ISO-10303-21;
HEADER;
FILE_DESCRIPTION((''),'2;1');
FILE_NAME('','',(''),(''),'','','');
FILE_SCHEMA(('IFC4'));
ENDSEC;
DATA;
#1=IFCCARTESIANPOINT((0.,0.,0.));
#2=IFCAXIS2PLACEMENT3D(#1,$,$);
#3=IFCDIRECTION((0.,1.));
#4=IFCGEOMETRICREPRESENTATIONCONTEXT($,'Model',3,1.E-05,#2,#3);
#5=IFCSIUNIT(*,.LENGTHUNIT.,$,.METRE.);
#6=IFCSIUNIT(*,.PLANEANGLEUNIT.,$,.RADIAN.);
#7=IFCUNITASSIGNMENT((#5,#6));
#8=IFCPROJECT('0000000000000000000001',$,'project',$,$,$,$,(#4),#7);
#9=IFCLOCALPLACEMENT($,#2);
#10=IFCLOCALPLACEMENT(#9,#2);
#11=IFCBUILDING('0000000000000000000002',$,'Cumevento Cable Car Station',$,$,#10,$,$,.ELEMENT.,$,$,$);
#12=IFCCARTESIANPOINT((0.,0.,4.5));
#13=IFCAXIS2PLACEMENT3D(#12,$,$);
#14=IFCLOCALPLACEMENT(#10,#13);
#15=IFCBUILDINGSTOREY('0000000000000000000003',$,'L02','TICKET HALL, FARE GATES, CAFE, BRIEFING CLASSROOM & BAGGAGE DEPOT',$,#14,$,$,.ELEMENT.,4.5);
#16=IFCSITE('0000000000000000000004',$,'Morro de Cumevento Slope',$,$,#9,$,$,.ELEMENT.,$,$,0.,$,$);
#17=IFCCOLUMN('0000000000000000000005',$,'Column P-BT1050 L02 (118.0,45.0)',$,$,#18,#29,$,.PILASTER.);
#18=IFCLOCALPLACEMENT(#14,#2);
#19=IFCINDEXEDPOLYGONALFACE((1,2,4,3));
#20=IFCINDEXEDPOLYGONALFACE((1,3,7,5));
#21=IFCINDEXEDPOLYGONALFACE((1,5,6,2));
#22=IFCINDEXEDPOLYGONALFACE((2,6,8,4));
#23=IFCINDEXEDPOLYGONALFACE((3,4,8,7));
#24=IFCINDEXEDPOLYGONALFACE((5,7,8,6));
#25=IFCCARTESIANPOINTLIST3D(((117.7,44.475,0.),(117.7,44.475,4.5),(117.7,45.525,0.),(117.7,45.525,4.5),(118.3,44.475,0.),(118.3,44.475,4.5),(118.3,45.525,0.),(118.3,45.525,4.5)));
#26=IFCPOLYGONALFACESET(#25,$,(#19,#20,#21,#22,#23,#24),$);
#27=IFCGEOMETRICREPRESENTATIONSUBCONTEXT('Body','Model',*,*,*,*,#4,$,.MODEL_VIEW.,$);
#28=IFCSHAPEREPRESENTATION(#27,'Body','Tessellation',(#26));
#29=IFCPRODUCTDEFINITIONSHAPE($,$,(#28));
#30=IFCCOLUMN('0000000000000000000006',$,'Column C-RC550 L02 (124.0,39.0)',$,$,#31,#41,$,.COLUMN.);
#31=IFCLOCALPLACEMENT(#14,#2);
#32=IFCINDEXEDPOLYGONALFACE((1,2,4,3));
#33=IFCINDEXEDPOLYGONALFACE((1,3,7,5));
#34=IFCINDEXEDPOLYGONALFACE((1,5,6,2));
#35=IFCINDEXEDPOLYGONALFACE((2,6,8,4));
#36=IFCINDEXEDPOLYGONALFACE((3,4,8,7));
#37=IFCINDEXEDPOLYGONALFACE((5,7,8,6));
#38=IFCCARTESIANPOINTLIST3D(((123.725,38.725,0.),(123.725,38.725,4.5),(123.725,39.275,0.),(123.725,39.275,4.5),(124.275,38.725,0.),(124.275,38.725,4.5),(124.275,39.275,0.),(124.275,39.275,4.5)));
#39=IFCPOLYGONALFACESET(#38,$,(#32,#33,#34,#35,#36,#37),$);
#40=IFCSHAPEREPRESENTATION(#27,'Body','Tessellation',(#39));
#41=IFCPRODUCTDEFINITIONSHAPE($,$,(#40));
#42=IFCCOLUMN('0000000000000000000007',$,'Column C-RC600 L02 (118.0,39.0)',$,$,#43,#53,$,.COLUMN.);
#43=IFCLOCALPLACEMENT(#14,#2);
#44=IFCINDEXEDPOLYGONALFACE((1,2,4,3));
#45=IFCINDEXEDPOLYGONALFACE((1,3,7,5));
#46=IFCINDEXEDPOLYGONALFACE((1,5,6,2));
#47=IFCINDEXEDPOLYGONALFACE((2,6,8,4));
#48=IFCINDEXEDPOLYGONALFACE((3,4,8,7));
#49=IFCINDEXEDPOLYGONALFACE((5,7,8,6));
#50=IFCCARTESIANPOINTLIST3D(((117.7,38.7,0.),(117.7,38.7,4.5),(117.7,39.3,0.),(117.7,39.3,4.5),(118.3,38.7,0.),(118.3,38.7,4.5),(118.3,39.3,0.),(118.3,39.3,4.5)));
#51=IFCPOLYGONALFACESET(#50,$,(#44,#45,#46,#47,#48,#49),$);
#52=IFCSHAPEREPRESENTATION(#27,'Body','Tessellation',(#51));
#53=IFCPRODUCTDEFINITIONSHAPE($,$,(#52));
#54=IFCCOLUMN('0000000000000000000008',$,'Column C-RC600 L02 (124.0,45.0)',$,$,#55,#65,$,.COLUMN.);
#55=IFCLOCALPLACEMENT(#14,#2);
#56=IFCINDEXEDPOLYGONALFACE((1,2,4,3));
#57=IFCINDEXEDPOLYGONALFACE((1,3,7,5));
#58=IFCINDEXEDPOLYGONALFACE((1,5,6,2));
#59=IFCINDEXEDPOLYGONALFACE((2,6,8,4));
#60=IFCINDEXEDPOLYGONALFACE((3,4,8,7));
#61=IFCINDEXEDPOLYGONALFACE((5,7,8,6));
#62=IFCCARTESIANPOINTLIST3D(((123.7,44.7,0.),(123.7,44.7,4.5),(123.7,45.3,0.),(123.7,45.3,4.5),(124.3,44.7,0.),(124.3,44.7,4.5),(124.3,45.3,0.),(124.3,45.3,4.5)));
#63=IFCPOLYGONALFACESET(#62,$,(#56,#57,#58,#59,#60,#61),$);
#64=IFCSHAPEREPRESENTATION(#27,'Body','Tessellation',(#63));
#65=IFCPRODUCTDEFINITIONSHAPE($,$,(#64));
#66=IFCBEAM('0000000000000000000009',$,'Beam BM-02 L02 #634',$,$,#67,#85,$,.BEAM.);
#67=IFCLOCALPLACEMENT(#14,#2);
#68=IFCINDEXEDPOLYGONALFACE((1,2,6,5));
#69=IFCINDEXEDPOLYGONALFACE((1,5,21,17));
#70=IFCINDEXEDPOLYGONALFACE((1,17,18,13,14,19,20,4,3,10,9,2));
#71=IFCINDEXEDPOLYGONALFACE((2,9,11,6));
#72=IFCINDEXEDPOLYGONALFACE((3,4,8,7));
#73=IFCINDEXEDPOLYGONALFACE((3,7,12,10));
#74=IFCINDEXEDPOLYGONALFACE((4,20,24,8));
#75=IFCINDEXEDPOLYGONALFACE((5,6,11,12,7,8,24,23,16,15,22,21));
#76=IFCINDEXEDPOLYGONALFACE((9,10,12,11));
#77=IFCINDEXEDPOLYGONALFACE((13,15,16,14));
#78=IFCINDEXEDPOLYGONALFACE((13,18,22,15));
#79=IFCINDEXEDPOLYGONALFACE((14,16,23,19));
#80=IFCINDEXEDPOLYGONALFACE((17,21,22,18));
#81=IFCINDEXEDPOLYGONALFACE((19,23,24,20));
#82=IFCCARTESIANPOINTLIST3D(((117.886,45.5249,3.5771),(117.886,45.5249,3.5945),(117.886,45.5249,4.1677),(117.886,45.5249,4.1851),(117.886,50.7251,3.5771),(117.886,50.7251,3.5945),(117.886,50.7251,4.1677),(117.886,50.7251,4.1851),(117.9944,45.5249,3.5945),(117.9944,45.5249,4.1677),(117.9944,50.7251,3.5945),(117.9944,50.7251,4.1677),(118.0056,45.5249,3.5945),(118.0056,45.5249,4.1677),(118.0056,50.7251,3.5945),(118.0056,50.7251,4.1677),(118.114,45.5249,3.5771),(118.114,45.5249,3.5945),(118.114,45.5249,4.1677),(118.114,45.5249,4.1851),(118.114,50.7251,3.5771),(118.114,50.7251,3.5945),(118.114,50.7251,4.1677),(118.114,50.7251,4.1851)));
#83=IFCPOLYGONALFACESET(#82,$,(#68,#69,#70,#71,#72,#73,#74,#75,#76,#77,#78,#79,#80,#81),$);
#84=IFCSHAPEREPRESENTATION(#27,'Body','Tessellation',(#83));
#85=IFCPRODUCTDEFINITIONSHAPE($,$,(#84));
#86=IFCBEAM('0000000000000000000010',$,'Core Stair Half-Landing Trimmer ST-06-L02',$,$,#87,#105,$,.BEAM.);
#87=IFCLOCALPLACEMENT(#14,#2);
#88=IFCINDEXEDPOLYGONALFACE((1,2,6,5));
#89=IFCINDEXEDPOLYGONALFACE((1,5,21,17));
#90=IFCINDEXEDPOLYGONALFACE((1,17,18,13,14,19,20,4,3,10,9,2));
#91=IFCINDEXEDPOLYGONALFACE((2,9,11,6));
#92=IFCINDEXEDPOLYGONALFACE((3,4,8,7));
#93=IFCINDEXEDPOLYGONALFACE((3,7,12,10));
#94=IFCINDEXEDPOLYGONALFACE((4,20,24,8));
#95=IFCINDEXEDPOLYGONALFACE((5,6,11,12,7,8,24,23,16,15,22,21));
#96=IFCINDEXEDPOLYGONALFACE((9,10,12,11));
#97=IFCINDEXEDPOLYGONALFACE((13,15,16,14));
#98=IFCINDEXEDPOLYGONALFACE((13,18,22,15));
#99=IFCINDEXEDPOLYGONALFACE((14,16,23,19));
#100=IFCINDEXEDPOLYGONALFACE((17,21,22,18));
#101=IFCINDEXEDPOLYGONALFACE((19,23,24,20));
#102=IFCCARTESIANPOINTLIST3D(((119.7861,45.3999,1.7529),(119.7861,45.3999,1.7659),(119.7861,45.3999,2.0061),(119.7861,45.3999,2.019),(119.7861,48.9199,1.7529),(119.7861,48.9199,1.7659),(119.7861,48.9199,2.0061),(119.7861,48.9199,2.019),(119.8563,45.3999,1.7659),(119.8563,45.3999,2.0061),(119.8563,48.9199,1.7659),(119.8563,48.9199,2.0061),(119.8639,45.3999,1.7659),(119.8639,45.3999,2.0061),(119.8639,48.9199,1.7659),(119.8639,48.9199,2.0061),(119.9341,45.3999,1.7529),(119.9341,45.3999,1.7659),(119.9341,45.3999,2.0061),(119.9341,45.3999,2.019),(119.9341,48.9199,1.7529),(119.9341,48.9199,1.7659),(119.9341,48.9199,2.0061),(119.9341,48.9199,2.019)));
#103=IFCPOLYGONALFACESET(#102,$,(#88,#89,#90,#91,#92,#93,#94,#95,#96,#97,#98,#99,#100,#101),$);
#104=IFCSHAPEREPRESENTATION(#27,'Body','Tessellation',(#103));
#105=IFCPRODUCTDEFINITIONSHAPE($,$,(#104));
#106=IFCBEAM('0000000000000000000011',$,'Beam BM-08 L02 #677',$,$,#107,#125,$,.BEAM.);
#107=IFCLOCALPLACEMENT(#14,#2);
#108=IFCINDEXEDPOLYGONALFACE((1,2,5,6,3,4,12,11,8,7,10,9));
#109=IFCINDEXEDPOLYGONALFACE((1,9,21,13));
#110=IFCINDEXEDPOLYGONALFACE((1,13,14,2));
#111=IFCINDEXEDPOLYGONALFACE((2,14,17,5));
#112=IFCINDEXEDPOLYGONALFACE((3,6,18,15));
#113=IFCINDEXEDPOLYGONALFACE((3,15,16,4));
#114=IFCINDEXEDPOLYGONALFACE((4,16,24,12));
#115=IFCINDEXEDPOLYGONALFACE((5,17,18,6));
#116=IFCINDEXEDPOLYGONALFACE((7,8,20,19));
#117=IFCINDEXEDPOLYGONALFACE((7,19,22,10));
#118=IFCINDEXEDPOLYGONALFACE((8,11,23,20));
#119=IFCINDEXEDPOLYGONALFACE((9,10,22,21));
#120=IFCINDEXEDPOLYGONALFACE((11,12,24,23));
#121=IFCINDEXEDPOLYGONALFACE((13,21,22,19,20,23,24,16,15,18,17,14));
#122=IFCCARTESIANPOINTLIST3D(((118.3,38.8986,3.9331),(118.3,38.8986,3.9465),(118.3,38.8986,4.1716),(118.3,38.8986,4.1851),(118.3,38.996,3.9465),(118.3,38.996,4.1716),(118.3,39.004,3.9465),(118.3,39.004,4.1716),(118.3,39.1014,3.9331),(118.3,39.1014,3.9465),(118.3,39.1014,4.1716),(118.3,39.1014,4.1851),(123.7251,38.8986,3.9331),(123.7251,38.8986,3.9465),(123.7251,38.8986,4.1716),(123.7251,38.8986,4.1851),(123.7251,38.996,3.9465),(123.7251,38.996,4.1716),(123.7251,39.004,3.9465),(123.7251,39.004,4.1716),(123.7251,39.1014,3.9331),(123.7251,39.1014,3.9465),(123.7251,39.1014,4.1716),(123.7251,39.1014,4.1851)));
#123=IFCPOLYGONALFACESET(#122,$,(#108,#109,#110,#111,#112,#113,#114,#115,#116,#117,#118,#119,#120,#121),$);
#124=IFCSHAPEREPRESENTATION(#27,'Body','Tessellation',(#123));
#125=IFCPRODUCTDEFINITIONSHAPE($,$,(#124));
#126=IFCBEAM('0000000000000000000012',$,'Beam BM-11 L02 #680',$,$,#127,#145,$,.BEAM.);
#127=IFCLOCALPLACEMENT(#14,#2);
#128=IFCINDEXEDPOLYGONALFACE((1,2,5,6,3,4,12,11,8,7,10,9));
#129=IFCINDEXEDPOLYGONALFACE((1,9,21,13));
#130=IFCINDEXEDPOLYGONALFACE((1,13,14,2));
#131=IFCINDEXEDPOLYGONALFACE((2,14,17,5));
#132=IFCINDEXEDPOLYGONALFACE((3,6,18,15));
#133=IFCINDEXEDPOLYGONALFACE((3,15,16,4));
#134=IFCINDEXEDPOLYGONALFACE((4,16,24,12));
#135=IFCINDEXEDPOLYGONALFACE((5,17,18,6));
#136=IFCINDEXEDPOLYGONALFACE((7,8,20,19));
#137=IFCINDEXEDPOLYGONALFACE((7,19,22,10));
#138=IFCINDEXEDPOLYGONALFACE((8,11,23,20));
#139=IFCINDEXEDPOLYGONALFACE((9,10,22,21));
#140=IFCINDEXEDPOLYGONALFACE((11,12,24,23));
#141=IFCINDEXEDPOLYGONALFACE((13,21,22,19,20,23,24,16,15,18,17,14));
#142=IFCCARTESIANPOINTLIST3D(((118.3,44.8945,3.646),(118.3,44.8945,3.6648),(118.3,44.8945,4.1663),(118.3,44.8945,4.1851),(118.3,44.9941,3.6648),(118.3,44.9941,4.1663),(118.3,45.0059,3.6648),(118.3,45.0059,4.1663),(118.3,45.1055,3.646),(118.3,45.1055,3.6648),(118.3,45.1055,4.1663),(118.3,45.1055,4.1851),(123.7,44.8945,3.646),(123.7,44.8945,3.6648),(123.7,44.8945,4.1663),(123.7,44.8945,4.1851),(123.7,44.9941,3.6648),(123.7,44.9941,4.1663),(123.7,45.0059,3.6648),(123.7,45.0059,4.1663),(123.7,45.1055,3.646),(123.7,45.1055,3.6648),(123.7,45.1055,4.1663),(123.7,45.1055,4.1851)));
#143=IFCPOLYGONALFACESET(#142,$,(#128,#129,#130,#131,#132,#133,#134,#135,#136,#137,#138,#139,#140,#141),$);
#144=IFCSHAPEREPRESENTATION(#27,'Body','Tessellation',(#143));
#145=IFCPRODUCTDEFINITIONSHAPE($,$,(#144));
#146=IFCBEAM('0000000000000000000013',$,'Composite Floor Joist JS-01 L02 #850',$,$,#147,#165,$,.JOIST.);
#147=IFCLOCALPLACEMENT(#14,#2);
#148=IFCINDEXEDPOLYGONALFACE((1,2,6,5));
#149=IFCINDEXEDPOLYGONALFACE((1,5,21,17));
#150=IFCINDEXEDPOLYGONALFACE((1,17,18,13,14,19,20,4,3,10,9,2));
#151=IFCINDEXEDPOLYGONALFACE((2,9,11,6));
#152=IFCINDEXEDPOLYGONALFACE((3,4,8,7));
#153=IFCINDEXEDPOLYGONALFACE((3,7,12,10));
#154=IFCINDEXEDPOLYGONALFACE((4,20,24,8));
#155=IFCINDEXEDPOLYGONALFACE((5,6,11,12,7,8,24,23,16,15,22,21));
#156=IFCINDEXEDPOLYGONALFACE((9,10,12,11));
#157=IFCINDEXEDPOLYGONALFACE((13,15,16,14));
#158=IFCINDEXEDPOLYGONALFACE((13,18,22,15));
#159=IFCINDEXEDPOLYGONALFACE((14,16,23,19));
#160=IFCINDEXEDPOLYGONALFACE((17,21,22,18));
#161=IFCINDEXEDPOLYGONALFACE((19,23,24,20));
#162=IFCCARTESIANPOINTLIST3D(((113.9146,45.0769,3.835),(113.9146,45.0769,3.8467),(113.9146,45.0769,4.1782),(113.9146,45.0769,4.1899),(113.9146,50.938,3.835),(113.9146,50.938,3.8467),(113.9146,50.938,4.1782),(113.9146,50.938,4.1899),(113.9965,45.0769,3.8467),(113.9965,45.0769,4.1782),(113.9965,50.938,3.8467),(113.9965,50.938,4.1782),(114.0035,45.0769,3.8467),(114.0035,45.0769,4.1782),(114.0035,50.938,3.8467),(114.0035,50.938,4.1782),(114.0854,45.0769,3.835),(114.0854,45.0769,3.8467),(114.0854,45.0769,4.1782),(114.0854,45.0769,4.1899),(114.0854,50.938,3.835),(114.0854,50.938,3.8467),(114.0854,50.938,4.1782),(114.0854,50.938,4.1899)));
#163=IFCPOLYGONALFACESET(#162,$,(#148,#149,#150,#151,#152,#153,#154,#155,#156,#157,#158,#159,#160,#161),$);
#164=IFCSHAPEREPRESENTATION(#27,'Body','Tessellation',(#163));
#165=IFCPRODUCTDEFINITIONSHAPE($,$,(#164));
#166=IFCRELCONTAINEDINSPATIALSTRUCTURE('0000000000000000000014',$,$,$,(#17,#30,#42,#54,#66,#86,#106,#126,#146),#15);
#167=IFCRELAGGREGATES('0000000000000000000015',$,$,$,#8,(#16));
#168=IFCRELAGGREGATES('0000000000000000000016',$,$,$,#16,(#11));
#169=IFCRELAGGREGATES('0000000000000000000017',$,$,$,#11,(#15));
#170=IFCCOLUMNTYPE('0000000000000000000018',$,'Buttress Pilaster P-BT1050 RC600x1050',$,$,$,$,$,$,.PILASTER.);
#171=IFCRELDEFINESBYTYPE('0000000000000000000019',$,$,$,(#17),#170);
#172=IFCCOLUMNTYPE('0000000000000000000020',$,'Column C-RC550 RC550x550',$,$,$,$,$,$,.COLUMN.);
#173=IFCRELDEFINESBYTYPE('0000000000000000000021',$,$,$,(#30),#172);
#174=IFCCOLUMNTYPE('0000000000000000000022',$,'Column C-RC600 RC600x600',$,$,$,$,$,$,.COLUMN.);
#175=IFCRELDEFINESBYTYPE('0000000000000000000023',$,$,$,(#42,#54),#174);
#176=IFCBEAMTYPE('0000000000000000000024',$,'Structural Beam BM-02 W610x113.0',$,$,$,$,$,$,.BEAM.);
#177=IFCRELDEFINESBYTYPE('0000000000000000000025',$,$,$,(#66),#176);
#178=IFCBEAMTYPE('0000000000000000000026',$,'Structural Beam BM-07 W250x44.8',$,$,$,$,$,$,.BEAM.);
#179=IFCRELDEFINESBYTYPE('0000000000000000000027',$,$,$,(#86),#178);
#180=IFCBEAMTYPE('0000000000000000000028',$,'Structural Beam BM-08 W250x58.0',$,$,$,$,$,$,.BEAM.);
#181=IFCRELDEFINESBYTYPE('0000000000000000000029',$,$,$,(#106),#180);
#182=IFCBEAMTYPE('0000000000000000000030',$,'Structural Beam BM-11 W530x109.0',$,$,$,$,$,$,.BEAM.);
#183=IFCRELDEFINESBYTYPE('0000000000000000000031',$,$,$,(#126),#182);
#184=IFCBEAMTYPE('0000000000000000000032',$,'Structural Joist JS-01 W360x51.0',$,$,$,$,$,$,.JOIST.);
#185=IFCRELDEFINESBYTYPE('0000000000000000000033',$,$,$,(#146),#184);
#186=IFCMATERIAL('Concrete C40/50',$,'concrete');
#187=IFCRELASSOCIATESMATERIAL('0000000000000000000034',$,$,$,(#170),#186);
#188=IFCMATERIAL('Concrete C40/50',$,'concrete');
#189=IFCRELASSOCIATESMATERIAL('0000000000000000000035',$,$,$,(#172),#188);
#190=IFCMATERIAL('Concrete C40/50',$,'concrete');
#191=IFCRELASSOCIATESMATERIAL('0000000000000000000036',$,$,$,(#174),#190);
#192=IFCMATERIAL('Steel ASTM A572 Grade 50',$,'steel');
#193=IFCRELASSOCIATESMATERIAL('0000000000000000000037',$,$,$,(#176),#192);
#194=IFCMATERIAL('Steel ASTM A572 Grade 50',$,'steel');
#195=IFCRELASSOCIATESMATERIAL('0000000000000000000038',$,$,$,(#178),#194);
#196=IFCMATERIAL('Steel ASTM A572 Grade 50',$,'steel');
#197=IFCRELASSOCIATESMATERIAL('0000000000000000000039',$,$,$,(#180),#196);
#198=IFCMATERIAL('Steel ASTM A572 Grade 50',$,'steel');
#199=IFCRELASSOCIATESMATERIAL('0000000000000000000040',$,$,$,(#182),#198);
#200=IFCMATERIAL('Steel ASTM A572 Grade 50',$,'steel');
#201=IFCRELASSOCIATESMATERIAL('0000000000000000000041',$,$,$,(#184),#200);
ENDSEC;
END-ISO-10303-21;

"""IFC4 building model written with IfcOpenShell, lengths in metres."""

from ifc_helpers import new_model, si_unit, direction, frame, origin, origin_2d, place, context, subcontext, project, spatial, rectangle, i_section, extrude, material, material_profile, profile_set, type_object, element, save


model = new_model("IFC4")

# Units and contexts
model_context = context("Model", 3, precision=1e-05, world=origin(), true_north=direction((0.0, 1.0)))
body_context = subcontext(model_context, "Body", "Model", "MODEL_VIEW")
ifc_project = project(units=[si_unit("LENGTHUNIT", "METRE"), si_unit("PLANEANGLEUNIT", "RADIAN")], contexts=[model_context])

# Site, building, storey
site_placement = place(None, origin())
site = spatial("IfcSite", under=ifc_project, at=site_placement, Name="Morro de Cumevento Slope", CompositionType="ELEMENT", RefElevation=0.0)
building_placement = place(site_placement, origin())
building = spatial("IfcBuilding", under=site, at=building_placement, Name="Cumevento Cable Car Station", CompositionType="ELEMENT")
storey_placement = place(building_placement, frame((0.0, 0.0, 4.5)))
storey = spatial("IfcBuildingStorey", under=building, at=storey_placement, Name="L02", Description="TICKET HALL, FARE GATES, CAFE, BRIEFING CLASSROOM & BAGGAGE DEPOT", CompositionType="ELEMENT", Elevation=4.5)

# Columns
ifc_material_1 = material(Name="Concrete C40/50", Category="concrete")
ifc_material_profile_1 = material_profile(ifc_material_1, rectangle(XDim=0.6001, YDim=1.05, at=origin_2d()), Name="RC600x1050")
ifc_profile_set_1 = profile_set([ifc_material_profile_1], Name="Concrete C40/50")
column_type_1 = type_object("IfcColumnType", Name="Buttress Pilaster P-BT1050 RC600x1050", PredefinedType="PILASTER", material=ifc_profile_set_1)
column_1_placement = place(storey_placement, frame((118.0, 45.0, 0.0), z_axis=(0.0, 0.0, 1.0), x_axis=(1.0, 0.0, 0.0)))
element("IfcColumn", 1, at=column_1_placement, inside=storey, type_object=column_type_1, Name="Column P-BT1050 L02 (118.0,45.0)", PredefinedType="PILASTER", context=body_context, shape_type="SweptSolid", body=[
    extrude(rectangle(XDim=0.6001, YDim=1.05, at=origin_2d()), origin(), (0.0, 0.0, 1.0), 4.5),
])
ifc_material_2 = material(Name="Concrete C40/50", Category="concrete")
ifc_material_profile_2 = material_profile(ifc_material_2, rectangle(XDim=0.55, YDim=0.55, at=origin_2d()), Name="RC550x550")
ifc_profile_set_2 = profile_set([ifc_material_profile_2], Name="Concrete C40/50")
column_type_2 = type_object("IfcColumnType", Name="Column C-RC550 RC550x550", PredefinedType="COLUMN", material=ifc_profile_set_2)
column_2_placement = place(storey_placement, frame((124.0, 39.0, 0.0), z_axis=(0.0, 0.0, 1.0), x_axis=(1.0, 0.0, 0.0)))
element("IfcColumn", 2, at=column_2_placement, inside=storey, type_object=column_type_2, Name="Column C-RC550 L02 (124.0,39.0)", PredefinedType="COLUMN", context=body_context, shape_type="SweptSolid", body=[
    extrude(rectangle(XDim=0.55, YDim=0.55, at=origin_2d()), origin(), (0.0, 0.0, 1.0), 4.5),
])
ifc_material_3 = material(Name="Concrete C40/50", Category="concrete")
ifc_material_profile_3 = material_profile(ifc_material_3, rectangle(XDim=0.6001, YDim=0.6001, at=origin_2d()), Name="RC600x600")
ifc_profile_set_3 = profile_set([ifc_material_profile_3], Name="Concrete C40/50")
column_type_3 = type_object("IfcColumnType", Name="Column C-RC600 RC600x600", PredefinedType="COLUMN", material=ifc_profile_set_3)
for number, where, z_axis, x_axis, name in (
    (3, (118.0, 39.0, 0.0), (0.0, 0.0, 1.0), (1.0, 0.0, 0.0), "Column C-RC600 L02 (118.0,39.0)"),
    (4, (124.0, 45.0, 0.0), (0.0, 0.0, 1.0), (1.0, 0.0, 0.0), "Column C-RC600 L02 (124.0,45.0)"),
):
    element("IfcColumn", number, at=place(storey_placement, frame(where, z_axis=z_axis, x_axis=x_axis)), inside=storey, type_object=column_type_3, Name=name, PredefinedType="COLUMN", context=body_context, shape_type="SweptSolid", body=[
        extrude(rectangle(XDim=0.6001, YDim=0.6001, at=origin_2d()), origin(), (0.0, 0.0, 1.0), 4.5),
    ])

# Beams
ifc_material_4 = material(Name="Steel ASTM A572 Grade 50", Category="steel")
ifc_material_profile_4 = material_profile(ifc_material_4, i_section(OverallWidth=0.228, OverallDepth=0.6079, WebThickness=0.0112, FlangeThickness=0.0173, at=origin_2d()), Name="W610x113.0")
ifc_profile_set_4 = profile_set([ifc_material_profile_4], Name="Steel ASTM A572 Grade 50")
beam_type_1 = type_object("IfcBeamType", Name="Structural Beam BM-02 W610x113.0", PredefinedType="BEAM", material=ifc_profile_set_4)
beam_1_placement = place(storey_placement, frame((118.0, 45.5249, 3.8811), z_axis=(0.0, 1.0, 0.0), x_axis=(-1.0, 0.0, 0.0)))
element("IfcBeam", 5, at=beam_1_placement, inside=storey, type_object=beam_type_1, Name="Beam BM-02 L02 #634", PredefinedType="BEAM", context=body_context, shape_type="SweptSolid", body=[
    extrude(i_section(OverallWidth=0.228, OverallDepth=0.6079, WebThickness=0.0112, FlangeThickness=0.0173, at=origin_2d()), origin(), (0.0, 0.0, 1.0), 5.2002),
])
ifc_material_5 = material(Name="Steel ASTM A572 Grade 50", Category="steel")
ifc_material_profile_5 = material_profile(ifc_material_5, i_section(OverallWidth=0.1479, OverallDepth=0.2661, WebThickness=0.0076, FlangeThickness=0.0129, at=origin_2d()), Name="W250x44.8")
ifc_profile_set_5 = profile_set([ifc_material_profile_5], Name="Steel ASTM A572 Grade 50")
beam_type_2 = type_object("IfcBeamType", Name="Structural Beam BM-07 W250x44.8", PredefinedType="BEAM", material=ifc_profile_set_5)
beam_2_placement = place(storey_placement, frame((119.8601, 45.3999, 1.886), z_axis=(0.0, 1.0, 0.0), x_axis=(-1.0, 0.0, 0.0)))
element("IfcBeam", 6, at=beam_2_placement, inside=storey, type_object=beam_type_2, Name="Core Stair Half-Landing Trimmer ST-06-L02", PredefinedType="BEAM", context=body_context, shape_type="SweptSolid", body=[
    extrude(i_section(OverallWidth=0.1479, OverallDepth=0.2661, WebThickness=0.0076, FlangeThickness=0.0129, at=origin_2d()), origin(), (0.0, 0.0, 1.0), 3.52),
])
ifc_material_6 = material(Name="Steel ASTM A572 Grade 50", Category="steel")
ifc_material_profile_6 = material_profile(ifc_material_6, i_section(OverallWidth=0.2029, OverallDepth=0.252, WebThickness=0.0081, FlangeThickness=0.0134, at=origin_2d()), Name="W250x58.0")
ifc_profile_set_6 = profile_set([ifc_material_profile_6], Name="Steel ASTM A572 Grade 50")
beam_type_3 = type_object("IfcBeamType", Name="Structural Beam BM-08 W250x58.0", PredefinedType="BEAM", material=ifc_profile_set_6)
beam_3_placement = place(storey_placement, frame((118.3, 39.0, 4.0591), z_axis=(1.0, 0.0, 0.0), x_axis=(0.0, 1.0, 0.0)))
element("IfcBeam", 7, at=beam_3_placement, inside=storey, type_object=beam_type_3, Name="Beam BM-08 L02 #677", PredefinedType="BEAM", context=body_context, shape_type="SweptSolid", body=[
    extrude(i_section(OverallWidth=0.2029, OverallDepth=0.252, WebThickness=0.0081, FlangeThickness=0.0134, at=origin_2d()), origin(), (0.0, 0.0, 1.0), 5.425),
])
ifc_material_7 = material(Name="Steel ASTM A572 Grade 50", Category="steel")
ifc_material_profile_7 = material_profile(ifc_material_7, i_section(OverallWidth=0.2109, OverallDepth=0.5391, WebThickness=0.0117, FlangeThickness=0.0188, at=origin_2d()), Name="W530x109.0")
ifc_profile_set_7 = profile_set([ifc_material_profile_7], Name="Steel ASTM A572 Grade 50")
beam_type_4 = type_object("IfcBeamType", Name="Structural Beam BM-11 W530x109.0", PredefinedType="BEAM", material=ifc_profile_set_7)
beam_4_placement = place(storey_placement, frame((118.3, 45.0, 3.9155), z_axis=(1.0, 0.0, 0.0), x_axis=(0.0, 1.0, 0.0)))
element("IfcBeam", 8, at=beam_4_placement, inside=storey, type_object=beam_type_4, Name="Beam BM-11 L02 #680", PredefinedType="BEAM", context=body_context, shape_type="SweptSolid", body=[
    extrude(i_section(OverallWidth=0.2109, OverallDepth=0.5391, WebThickness=0.0117, FlangeThickness=0.0188, at=origin_2d()), origin(), (0.0, 0.0, 1.0), 5.3999),
])
ifc_material_8 = material(Name="Steel ASTM A572 Grade 50", Category="steel")
ifc_material_profile_8 = material_profile(ifc_material_8, i_section(OverallWidth=0.1709, OverallDepth=0.355, WebThickness=0.0071, FlangeThickness=0.0117, at=origin_2d()), Name="W360x51.0")
ifc_profile_set_8 = profile_set([ifc_material_profile_8], Name="Steel ASTM A572 Grade 50")
beam_type_5 = type_object("IfcBeamType", Name="Structural Joist JS-01 W360x51.0", PredefinedType="JOIST", material=ifc_profile_set_8)
for number, where, z_axis, x_axis, name in (
    (9, (114.0, 45.0769, 4.0125), (0.0, 1.0, 0.0), (-1.0, 0.0, 0.0), "Composite Floor Joist JS-01 L02 #850"),
):
    element("IfcBeam", number, at=place(storey_placement, frame(where, z_axis=z_axis, x_axis=x_axis)), inside=storey, type_object=beam_type_5, Name=name, PredefinedType="JOIST", context=body_context, shape_type="SweptSolid", body=[
        extrude(i_section(OverallWidth=0.1709, OverallDepth=0.355, WebThickness=0.0071, FlangeThickness=0.0117, at=origin_2d()), origin(), (0.0, 0.0, 1.0), 5.8611),
    ])

save(model, "model.ifc")
